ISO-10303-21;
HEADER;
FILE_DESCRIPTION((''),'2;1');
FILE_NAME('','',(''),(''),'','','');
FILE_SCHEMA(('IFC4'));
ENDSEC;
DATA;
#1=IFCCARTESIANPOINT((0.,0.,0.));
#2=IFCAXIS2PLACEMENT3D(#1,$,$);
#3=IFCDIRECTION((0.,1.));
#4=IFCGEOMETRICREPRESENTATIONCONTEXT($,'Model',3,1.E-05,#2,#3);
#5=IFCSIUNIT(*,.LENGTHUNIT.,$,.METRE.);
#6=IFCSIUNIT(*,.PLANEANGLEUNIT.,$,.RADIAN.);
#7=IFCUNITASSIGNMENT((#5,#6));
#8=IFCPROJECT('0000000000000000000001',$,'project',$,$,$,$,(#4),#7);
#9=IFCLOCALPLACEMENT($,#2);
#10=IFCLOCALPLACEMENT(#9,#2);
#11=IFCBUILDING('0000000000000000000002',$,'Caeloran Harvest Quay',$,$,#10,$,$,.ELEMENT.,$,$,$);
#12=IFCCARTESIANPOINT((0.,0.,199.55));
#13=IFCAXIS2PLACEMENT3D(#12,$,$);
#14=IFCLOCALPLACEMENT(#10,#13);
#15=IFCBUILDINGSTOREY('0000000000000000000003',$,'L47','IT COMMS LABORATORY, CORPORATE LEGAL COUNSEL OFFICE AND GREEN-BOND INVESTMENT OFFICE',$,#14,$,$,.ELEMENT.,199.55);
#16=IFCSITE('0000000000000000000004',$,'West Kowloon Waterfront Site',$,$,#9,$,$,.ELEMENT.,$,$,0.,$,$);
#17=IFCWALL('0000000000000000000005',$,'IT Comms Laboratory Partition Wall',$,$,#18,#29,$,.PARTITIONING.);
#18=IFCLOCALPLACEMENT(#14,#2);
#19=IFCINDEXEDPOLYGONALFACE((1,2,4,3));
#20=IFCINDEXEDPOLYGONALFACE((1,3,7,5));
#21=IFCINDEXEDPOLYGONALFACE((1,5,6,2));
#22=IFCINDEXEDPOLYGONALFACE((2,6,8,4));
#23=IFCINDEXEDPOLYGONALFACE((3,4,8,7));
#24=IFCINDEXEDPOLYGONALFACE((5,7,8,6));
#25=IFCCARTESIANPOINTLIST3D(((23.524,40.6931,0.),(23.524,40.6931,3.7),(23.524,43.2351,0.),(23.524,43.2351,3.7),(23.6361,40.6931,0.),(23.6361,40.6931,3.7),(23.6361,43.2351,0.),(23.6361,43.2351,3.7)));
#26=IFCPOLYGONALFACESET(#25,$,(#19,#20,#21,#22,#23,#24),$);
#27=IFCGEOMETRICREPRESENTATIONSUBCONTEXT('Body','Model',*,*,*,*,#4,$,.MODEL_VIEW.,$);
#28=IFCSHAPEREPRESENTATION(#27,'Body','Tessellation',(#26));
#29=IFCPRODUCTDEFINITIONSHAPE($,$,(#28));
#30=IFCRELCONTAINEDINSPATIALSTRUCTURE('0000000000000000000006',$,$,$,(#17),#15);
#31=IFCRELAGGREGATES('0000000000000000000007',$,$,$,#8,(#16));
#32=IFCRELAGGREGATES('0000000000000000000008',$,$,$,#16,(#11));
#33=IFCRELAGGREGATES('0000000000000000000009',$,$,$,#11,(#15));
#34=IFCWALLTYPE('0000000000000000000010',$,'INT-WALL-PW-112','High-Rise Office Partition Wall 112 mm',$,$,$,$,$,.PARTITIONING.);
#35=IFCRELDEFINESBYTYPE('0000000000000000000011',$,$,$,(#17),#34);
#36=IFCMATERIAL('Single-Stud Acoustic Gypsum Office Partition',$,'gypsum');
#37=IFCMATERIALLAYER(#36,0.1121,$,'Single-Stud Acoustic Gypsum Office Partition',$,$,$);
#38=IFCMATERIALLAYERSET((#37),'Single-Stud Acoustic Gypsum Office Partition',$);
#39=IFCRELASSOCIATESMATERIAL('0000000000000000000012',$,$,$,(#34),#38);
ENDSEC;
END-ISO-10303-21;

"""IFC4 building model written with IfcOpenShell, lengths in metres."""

from ifc_helpers import new_model, si_unit, direction, frame, frame_2d, origin, place, context, subcontext, project, spatial, rectangle, extrude, material, layer, layer_set, type_object, element, save


model = new_model("IFC4")

# Units and contexts
model_context = context("Model", 3, precision=1e-05, world=origin(), true_north=direction((0.0, 1.0)))
body_context = subcontext(model_context, "Body", "Model", "MODEL_VIEW")
ifc_project = project(units=[si_unit("LENGTHUNIT", "METRE"), si_unit("PLANEANGLEUNIT", "RADIAN")], contexts=[model_context])

# Site, building, storey
site_placement = place(None, origin())
site = spatial("IfcSite", under=ifc_project, at=site_placement, Name="West Kowloon Waterfront Site", CompositionType="ELEMENT", RefElevation=0.0)
building_placement = place(site_placement, origin())
building = spatial("IfcBuilding", under=site, at=building_placement, Name="Caeloran Harvest Quay", CompositionType="ELEMENT")
storey_placement = place(building_placement, frame((0.0, 0.0, 199.55)))
storey = spatial("IfcBuildingStorey", under=building, at=storey_placement, Name="L47", Description="IT COMMS LABORATORY, CORPORATE LEGAL COUNSEL OFFICE AND GREEN-BOND INVESTMENT OFFICE", CompositionType="ELEMENT", Elevation=199.55)

# Shared definitions
ifc_material_1 = material(Name="Single-Stud Acoustic Gypsum Office Partition", Category="gypsum")
ifc_layer = layer(ifc_material_1, 0.1121, Name="Single-Stud Acoustic Gypsum Office Partition")
ifc_layer_set = layer_set([ifc_layer], Name="Single-Stud Acoustic Gypsum Office Partition")
wall_type = type_object("IfcWallType", Name="INT-WALL-PW-112", Description="High-Rise Office Partition Wall 112 mm", PredefinedType="PARTITIONING", material=ifc_layer_set)

# Wall
wall_1_placement = place(storey_placement, frame((23.5801, 40.6931, 0.0), z_axis=(0.0, 0.0, 1.0), x_axis=(0.0, 1.0, 0.0)))
element("IfcWall", 1, at=wall_1_placement, inside=storey, type_object=wall_type, Name="IT Comms Laboratory Partition Wall", PredefinedType="PARTITIONING", context=body_context, shape_type="SweptSolid", body=[
    extrude(rectangle(XDim=2.542, YDim=0.1121, at=frame_2d((1.271, 0.0))), origin(), (0.0, 0.0, 1.0), 3.7),
])

save(model, "model.ifc")
